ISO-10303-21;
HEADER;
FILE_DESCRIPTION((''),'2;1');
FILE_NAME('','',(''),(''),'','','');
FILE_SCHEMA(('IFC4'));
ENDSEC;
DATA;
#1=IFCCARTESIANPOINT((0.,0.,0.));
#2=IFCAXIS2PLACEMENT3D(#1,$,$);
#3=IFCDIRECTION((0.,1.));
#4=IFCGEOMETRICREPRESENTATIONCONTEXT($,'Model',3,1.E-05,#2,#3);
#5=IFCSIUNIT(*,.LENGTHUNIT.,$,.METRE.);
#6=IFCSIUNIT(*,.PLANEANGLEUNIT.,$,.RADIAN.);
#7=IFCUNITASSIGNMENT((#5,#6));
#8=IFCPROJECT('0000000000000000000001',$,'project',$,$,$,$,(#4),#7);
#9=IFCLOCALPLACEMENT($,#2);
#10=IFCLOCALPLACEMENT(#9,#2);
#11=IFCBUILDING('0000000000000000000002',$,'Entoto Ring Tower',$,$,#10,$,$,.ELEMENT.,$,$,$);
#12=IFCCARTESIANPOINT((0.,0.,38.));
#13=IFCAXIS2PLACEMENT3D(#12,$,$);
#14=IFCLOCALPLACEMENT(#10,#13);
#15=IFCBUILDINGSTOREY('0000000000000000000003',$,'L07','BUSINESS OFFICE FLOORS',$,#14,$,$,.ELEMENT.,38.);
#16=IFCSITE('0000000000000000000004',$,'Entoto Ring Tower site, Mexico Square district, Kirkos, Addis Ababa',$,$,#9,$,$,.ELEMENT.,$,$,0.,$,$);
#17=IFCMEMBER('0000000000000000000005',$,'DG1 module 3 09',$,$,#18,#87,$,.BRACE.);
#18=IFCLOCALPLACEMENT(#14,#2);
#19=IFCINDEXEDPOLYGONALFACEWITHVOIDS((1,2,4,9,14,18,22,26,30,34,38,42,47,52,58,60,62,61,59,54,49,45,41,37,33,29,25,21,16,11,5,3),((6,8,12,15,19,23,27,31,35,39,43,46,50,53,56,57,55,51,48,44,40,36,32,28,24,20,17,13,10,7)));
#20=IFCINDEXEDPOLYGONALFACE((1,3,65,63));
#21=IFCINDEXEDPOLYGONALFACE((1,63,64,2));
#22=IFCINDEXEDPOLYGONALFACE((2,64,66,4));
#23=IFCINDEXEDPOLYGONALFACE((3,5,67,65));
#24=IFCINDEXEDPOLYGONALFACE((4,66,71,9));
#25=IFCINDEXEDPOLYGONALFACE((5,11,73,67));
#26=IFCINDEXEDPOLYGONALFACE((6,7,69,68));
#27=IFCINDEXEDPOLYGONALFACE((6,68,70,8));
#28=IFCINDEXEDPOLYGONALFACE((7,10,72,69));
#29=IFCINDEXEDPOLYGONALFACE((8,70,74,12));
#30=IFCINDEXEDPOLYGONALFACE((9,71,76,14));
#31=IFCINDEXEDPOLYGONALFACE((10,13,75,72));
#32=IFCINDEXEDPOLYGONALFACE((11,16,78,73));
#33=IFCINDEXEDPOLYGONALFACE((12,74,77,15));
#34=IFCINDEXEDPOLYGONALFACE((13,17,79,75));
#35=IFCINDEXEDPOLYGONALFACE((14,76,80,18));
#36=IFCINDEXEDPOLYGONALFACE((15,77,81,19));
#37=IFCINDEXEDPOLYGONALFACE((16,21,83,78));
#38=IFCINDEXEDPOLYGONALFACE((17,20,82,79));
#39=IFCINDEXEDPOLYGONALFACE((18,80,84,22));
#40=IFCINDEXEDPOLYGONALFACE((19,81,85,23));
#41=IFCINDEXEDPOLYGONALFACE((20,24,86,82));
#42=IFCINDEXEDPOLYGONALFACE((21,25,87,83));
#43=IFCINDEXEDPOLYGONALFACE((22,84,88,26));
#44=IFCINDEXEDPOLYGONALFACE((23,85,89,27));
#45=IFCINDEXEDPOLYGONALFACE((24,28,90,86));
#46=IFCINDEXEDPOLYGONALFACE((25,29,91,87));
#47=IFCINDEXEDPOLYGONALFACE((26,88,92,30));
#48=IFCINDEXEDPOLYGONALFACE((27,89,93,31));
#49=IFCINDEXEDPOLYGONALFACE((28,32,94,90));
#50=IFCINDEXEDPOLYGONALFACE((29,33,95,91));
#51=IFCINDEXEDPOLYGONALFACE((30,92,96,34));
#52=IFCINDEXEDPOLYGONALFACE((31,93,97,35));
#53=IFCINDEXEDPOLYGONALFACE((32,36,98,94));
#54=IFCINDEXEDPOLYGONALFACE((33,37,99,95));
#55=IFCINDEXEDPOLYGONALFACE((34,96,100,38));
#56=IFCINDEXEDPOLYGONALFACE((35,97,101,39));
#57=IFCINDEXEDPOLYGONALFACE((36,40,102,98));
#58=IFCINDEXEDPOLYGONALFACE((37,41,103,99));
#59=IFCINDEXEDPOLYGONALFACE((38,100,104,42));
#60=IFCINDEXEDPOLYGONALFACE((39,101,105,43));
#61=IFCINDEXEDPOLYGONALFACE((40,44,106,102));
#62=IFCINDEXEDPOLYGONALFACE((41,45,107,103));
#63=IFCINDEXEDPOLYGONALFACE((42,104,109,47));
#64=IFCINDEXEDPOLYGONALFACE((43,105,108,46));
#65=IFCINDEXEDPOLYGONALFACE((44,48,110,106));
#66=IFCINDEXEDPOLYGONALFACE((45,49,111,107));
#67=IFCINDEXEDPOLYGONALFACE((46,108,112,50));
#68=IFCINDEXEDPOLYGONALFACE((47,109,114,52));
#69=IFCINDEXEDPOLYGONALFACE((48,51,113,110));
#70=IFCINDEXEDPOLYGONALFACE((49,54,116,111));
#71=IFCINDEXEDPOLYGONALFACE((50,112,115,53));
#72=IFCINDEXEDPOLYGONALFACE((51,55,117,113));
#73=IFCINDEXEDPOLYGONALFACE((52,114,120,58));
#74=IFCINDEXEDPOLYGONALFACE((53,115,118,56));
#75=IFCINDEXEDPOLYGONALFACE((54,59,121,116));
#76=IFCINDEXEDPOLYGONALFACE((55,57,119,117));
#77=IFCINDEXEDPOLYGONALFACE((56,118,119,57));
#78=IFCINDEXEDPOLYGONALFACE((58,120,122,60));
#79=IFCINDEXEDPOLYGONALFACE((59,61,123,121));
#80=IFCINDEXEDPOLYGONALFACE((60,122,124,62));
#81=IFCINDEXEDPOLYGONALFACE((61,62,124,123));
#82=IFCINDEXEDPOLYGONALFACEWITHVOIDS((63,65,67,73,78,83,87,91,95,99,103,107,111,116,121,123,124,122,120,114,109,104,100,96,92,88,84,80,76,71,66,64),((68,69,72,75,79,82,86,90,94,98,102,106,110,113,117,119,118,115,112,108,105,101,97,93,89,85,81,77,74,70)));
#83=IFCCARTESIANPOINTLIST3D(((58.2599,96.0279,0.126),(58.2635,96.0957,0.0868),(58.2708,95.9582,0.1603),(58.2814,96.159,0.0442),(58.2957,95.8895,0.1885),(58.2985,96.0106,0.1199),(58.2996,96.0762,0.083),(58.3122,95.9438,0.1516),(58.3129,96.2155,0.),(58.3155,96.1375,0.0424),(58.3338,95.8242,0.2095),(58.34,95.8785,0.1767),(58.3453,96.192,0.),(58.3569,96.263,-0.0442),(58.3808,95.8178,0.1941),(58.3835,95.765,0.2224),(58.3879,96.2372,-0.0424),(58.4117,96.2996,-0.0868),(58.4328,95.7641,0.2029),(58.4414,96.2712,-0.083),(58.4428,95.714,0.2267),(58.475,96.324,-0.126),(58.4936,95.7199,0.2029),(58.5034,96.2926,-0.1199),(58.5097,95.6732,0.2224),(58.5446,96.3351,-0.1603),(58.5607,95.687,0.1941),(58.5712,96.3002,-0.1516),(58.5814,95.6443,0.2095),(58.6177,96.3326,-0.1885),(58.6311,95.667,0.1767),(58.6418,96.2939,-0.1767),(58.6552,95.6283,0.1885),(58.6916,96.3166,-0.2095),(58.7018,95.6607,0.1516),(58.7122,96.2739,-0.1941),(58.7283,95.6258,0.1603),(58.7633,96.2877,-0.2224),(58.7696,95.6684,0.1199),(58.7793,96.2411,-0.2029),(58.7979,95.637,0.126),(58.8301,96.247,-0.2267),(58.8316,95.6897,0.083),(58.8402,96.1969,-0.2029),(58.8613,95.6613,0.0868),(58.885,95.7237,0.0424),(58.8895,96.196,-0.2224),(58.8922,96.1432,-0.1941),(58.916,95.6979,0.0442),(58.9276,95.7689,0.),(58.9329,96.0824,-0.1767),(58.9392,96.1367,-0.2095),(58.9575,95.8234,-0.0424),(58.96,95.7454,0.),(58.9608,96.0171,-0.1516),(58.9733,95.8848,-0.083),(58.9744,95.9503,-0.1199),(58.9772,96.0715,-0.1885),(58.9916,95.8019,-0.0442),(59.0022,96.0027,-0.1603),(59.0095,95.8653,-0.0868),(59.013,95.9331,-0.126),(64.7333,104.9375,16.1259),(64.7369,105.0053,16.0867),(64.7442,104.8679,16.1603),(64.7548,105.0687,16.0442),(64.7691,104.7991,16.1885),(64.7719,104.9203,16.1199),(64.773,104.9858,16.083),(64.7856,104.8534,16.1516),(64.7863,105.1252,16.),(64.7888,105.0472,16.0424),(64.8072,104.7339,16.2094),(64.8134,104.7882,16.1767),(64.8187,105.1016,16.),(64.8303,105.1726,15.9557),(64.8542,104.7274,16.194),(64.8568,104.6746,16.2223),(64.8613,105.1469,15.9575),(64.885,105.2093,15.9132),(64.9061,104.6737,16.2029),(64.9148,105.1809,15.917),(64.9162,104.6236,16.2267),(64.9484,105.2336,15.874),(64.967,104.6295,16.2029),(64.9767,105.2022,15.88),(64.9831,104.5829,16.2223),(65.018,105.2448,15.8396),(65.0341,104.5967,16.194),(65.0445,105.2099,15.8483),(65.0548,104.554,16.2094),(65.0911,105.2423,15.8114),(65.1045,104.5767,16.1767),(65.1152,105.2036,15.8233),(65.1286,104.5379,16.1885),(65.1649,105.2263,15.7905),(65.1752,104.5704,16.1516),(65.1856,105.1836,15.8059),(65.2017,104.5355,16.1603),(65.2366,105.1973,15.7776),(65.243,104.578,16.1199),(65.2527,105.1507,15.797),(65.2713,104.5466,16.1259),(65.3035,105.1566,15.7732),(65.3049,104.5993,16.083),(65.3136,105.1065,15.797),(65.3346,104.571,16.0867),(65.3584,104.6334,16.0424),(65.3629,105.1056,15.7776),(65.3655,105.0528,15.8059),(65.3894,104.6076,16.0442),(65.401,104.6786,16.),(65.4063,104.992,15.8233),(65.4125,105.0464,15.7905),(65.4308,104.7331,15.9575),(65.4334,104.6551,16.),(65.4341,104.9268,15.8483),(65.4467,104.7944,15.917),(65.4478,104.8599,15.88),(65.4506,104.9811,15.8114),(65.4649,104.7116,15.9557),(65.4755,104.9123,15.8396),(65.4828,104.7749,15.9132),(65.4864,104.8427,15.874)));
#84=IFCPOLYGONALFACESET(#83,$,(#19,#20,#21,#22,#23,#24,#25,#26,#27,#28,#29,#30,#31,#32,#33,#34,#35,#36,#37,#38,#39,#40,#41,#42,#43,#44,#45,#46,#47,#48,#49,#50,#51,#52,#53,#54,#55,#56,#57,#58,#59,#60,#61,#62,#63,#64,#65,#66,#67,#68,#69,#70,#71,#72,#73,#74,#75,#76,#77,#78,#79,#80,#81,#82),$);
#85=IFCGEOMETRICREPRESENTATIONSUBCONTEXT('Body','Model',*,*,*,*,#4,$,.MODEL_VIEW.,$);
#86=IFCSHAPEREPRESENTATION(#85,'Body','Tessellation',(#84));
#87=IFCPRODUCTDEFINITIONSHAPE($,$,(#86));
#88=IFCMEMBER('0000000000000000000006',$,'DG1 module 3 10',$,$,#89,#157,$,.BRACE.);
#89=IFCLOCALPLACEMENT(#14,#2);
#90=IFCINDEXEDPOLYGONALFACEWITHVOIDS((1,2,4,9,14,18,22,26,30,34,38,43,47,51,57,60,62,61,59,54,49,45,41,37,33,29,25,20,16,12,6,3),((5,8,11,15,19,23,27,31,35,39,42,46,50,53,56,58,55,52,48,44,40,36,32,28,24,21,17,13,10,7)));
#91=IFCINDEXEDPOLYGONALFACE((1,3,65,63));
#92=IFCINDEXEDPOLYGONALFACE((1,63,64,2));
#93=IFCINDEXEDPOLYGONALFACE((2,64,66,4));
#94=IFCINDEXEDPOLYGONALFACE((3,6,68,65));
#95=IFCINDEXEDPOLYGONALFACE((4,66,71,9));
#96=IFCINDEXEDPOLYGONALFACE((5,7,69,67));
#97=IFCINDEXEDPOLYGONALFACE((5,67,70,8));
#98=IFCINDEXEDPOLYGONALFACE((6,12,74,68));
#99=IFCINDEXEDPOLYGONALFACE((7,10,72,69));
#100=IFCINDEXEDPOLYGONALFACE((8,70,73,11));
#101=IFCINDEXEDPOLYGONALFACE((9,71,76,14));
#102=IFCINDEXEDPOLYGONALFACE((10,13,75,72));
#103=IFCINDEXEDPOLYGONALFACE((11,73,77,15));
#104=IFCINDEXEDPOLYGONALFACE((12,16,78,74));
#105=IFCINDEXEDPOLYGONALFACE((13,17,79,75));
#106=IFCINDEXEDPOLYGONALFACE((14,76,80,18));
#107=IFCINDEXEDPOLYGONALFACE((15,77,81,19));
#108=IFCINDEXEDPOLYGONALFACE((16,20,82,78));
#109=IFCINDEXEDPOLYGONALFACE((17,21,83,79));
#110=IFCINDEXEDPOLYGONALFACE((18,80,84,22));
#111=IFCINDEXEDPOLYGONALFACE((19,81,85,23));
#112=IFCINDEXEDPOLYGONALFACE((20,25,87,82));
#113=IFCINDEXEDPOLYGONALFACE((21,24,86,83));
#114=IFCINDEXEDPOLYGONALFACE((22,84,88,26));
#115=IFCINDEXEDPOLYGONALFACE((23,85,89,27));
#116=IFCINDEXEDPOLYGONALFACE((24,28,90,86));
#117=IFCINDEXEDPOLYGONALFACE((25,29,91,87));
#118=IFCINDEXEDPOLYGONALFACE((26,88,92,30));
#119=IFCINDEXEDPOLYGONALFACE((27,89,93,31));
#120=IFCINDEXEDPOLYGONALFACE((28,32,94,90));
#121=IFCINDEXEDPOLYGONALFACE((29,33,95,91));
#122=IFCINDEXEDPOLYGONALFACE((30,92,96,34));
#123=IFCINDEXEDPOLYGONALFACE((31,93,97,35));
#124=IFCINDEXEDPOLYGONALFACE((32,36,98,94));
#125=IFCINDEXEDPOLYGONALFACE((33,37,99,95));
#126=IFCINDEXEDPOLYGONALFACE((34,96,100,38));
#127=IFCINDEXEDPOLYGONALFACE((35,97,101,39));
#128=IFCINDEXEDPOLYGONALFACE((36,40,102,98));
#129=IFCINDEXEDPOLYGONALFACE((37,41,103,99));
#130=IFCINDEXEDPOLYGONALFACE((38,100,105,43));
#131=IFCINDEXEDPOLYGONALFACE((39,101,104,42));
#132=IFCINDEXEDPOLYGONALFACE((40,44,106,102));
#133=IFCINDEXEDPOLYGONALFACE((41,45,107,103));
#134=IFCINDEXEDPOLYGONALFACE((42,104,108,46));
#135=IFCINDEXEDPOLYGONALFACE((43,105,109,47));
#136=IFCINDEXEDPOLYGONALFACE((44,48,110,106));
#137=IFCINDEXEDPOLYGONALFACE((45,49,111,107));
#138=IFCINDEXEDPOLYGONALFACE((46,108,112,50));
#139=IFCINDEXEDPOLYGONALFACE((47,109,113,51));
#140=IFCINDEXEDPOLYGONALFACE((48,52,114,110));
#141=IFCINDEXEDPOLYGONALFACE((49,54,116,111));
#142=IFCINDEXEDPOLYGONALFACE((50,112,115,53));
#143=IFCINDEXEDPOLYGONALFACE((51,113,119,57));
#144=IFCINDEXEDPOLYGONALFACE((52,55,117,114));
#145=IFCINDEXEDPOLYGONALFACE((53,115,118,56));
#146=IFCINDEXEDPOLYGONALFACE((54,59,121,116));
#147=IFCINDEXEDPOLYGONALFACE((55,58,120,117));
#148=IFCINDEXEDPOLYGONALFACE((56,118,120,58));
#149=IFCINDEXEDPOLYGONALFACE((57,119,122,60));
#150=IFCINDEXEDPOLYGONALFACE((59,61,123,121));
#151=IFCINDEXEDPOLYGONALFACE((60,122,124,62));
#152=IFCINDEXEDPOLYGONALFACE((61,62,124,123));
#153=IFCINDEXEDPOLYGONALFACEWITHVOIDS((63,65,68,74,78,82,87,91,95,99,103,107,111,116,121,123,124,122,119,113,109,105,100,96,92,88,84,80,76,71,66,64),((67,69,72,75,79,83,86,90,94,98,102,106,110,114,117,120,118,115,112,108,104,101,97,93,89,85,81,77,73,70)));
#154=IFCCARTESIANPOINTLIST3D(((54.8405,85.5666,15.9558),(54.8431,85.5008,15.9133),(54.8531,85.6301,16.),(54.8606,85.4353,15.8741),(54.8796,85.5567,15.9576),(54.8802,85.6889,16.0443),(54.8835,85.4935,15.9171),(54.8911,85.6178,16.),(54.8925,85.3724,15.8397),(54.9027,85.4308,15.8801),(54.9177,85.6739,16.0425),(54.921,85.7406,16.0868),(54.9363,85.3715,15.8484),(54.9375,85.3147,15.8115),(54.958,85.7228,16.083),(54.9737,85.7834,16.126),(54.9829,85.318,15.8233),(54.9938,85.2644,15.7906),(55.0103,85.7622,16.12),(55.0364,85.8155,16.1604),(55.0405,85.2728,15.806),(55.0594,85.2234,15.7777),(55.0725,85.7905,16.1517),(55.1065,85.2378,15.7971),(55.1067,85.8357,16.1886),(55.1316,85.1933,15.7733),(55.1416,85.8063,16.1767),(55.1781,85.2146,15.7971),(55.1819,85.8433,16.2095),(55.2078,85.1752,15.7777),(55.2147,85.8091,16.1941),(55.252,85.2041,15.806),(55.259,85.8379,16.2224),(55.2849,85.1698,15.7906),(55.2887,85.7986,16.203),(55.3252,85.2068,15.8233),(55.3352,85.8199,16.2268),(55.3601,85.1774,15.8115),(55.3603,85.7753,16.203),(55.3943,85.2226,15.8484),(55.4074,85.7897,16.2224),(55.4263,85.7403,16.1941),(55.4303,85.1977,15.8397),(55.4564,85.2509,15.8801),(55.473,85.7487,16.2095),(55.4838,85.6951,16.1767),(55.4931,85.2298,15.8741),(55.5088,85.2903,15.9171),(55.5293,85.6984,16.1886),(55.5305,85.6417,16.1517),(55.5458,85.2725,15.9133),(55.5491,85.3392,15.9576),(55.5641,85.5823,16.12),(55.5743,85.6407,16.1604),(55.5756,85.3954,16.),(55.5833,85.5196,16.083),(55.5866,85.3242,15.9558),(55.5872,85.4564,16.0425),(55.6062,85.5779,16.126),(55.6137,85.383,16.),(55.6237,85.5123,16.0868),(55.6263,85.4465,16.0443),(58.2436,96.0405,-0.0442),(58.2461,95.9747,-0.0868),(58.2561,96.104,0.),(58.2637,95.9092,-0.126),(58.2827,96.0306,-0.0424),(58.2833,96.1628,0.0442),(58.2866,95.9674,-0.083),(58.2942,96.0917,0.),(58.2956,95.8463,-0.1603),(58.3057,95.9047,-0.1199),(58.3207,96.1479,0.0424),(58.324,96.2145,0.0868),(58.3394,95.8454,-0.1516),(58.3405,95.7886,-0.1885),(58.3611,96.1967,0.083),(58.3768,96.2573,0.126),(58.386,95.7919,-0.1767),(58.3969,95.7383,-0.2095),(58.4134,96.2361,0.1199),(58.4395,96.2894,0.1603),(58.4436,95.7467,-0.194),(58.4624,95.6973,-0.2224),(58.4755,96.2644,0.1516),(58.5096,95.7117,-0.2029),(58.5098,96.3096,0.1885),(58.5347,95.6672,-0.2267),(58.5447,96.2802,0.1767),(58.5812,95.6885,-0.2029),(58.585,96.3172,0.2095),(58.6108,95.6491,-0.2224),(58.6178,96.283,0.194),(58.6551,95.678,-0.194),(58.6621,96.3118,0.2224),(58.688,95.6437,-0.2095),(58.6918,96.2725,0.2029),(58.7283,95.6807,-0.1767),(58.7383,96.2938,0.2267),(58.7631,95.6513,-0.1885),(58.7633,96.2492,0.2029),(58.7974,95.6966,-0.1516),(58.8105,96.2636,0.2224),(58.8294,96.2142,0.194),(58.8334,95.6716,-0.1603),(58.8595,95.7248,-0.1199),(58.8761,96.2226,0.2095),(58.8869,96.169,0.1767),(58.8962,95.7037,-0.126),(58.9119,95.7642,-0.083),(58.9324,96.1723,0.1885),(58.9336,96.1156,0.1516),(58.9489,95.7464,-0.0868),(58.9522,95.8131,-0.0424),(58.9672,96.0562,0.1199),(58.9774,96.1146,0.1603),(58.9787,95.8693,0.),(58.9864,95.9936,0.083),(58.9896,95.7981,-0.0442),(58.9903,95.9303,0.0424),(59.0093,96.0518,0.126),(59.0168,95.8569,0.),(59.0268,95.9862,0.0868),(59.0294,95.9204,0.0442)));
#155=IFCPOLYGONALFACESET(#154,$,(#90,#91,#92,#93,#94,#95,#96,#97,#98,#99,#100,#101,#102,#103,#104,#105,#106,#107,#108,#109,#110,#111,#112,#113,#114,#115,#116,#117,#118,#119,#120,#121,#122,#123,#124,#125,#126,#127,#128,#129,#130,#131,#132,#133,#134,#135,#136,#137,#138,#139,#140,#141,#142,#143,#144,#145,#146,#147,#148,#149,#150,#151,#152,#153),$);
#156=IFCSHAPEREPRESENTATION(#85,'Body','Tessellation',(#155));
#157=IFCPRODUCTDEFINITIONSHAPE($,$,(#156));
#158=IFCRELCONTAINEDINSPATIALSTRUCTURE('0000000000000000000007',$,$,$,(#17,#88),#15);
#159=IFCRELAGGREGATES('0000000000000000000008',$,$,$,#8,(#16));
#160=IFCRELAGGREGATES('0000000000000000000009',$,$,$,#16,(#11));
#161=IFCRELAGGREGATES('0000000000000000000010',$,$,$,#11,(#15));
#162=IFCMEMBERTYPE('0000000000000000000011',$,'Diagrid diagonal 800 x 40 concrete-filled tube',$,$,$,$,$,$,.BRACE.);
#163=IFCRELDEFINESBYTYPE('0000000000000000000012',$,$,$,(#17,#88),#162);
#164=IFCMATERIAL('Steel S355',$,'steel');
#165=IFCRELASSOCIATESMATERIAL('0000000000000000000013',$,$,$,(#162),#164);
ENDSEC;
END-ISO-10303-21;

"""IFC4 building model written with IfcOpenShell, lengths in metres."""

from ifc_helpers import new_model, si_unit, direction, frame, origin, origin_2d, place, context, subcontext, project, spatial, circle, hollow_circle, extrude, material, material_profile, profile_set, type_object, element, save


model = new_model("IFC4")

# Units and contexts
model_context = context("Model", 3, precision=1e-05, world=origin(), true_north=direction((0.0, 1.0)))
body_context = subcontext(model_context, "Body", "Model", "MODEL_VIEW")
ifc_project = project(units=[si_unit("LENGTHUNIT", "METRE"), si_unit("PLANEANGLEUNIT", "RADIAN")], contexts=[model_context])

# Site, building, storey
site_placement = place(None, origin())
site = spatial("IfcSite", under=ifc_project, at=site_placement, Name="Entoto Ring Tower site, Mexico Square district, Kirkos, Addis Ababa", CompositionType="ELEMENT", RefElevation=0.0)
building_placement = place(site_placement, origin())
building = spatial("IfcBuilding", under=site, at=building_placement, Name="Entoto Ring Tower", CompositionType="ELEMENT")
storey_placement = place(building_placement, frame((0.0, 0.0, 38.0)))
storey = spatial("IfcBuildingStorey", under=building, at=storey_placement, Name="L07", Description="BUSINESS OFFICE FLOORS", CompositionType="ELEMENT", Elevation=38.0)

# Members
ifc_material_1 = material(Name="Steel S355", Category="steel")
ifc_material_profile_1 = material_profile(ifc_material_1, hollow_circle(Radius=0.3999, WallThickness=0.04, at=origin_2d()), Name="CHS 800 x 40")
ifc_material_2 = material(Name="Concrete C60/75", Category="concrete")
ifc_material_profile_2 = material_profile(ifc_material_2, circle(Radius=0.3601, at=origin_2d()), Name="Concrete C60/75 infill")
ifc_profile_set_1 = profile_set([ifc_material_profile_1, ifc_material_profile_2], Name="Steel S355")
member_type_1 = type_object("IfcMemberType", Name="Diagrid diagonal 800 x 40 concrete-filled tube", PredefinedType="BRACE", material=ifc_profile_set_1)
for number, where, z_axis, x_axis, name in (
    (1, (58.6365, 95.9805, 0.0), (0.33327, 0.458697, 0.823729), (-0.809011, 0.587793, 0.0), "DG1 module 3 09"),
    (2, (58.6365, 95.9805, 0.0), (-0.175202, -0.53923, 0.823733), (0.951059, -0.309009, 0.0), "DG1 module 3 10"),
):
    element("IfcMember", number, at=place(storey_placement, frame(where, z_axis=z_axis, x_axis=x_axis)), inside=storey, type_object=member_type_1, Name=name, PredefinedType="BRACE", context=body_context, shape_type="SweptSolid", body=[
        extrude(hollow_circle(Radius=0.3999, WallThickness=0.04, at=origin_2d()), origin(), (0.0, 0.0, 1.0), 19.4238),
    ])

save(model, "model.ifc")
